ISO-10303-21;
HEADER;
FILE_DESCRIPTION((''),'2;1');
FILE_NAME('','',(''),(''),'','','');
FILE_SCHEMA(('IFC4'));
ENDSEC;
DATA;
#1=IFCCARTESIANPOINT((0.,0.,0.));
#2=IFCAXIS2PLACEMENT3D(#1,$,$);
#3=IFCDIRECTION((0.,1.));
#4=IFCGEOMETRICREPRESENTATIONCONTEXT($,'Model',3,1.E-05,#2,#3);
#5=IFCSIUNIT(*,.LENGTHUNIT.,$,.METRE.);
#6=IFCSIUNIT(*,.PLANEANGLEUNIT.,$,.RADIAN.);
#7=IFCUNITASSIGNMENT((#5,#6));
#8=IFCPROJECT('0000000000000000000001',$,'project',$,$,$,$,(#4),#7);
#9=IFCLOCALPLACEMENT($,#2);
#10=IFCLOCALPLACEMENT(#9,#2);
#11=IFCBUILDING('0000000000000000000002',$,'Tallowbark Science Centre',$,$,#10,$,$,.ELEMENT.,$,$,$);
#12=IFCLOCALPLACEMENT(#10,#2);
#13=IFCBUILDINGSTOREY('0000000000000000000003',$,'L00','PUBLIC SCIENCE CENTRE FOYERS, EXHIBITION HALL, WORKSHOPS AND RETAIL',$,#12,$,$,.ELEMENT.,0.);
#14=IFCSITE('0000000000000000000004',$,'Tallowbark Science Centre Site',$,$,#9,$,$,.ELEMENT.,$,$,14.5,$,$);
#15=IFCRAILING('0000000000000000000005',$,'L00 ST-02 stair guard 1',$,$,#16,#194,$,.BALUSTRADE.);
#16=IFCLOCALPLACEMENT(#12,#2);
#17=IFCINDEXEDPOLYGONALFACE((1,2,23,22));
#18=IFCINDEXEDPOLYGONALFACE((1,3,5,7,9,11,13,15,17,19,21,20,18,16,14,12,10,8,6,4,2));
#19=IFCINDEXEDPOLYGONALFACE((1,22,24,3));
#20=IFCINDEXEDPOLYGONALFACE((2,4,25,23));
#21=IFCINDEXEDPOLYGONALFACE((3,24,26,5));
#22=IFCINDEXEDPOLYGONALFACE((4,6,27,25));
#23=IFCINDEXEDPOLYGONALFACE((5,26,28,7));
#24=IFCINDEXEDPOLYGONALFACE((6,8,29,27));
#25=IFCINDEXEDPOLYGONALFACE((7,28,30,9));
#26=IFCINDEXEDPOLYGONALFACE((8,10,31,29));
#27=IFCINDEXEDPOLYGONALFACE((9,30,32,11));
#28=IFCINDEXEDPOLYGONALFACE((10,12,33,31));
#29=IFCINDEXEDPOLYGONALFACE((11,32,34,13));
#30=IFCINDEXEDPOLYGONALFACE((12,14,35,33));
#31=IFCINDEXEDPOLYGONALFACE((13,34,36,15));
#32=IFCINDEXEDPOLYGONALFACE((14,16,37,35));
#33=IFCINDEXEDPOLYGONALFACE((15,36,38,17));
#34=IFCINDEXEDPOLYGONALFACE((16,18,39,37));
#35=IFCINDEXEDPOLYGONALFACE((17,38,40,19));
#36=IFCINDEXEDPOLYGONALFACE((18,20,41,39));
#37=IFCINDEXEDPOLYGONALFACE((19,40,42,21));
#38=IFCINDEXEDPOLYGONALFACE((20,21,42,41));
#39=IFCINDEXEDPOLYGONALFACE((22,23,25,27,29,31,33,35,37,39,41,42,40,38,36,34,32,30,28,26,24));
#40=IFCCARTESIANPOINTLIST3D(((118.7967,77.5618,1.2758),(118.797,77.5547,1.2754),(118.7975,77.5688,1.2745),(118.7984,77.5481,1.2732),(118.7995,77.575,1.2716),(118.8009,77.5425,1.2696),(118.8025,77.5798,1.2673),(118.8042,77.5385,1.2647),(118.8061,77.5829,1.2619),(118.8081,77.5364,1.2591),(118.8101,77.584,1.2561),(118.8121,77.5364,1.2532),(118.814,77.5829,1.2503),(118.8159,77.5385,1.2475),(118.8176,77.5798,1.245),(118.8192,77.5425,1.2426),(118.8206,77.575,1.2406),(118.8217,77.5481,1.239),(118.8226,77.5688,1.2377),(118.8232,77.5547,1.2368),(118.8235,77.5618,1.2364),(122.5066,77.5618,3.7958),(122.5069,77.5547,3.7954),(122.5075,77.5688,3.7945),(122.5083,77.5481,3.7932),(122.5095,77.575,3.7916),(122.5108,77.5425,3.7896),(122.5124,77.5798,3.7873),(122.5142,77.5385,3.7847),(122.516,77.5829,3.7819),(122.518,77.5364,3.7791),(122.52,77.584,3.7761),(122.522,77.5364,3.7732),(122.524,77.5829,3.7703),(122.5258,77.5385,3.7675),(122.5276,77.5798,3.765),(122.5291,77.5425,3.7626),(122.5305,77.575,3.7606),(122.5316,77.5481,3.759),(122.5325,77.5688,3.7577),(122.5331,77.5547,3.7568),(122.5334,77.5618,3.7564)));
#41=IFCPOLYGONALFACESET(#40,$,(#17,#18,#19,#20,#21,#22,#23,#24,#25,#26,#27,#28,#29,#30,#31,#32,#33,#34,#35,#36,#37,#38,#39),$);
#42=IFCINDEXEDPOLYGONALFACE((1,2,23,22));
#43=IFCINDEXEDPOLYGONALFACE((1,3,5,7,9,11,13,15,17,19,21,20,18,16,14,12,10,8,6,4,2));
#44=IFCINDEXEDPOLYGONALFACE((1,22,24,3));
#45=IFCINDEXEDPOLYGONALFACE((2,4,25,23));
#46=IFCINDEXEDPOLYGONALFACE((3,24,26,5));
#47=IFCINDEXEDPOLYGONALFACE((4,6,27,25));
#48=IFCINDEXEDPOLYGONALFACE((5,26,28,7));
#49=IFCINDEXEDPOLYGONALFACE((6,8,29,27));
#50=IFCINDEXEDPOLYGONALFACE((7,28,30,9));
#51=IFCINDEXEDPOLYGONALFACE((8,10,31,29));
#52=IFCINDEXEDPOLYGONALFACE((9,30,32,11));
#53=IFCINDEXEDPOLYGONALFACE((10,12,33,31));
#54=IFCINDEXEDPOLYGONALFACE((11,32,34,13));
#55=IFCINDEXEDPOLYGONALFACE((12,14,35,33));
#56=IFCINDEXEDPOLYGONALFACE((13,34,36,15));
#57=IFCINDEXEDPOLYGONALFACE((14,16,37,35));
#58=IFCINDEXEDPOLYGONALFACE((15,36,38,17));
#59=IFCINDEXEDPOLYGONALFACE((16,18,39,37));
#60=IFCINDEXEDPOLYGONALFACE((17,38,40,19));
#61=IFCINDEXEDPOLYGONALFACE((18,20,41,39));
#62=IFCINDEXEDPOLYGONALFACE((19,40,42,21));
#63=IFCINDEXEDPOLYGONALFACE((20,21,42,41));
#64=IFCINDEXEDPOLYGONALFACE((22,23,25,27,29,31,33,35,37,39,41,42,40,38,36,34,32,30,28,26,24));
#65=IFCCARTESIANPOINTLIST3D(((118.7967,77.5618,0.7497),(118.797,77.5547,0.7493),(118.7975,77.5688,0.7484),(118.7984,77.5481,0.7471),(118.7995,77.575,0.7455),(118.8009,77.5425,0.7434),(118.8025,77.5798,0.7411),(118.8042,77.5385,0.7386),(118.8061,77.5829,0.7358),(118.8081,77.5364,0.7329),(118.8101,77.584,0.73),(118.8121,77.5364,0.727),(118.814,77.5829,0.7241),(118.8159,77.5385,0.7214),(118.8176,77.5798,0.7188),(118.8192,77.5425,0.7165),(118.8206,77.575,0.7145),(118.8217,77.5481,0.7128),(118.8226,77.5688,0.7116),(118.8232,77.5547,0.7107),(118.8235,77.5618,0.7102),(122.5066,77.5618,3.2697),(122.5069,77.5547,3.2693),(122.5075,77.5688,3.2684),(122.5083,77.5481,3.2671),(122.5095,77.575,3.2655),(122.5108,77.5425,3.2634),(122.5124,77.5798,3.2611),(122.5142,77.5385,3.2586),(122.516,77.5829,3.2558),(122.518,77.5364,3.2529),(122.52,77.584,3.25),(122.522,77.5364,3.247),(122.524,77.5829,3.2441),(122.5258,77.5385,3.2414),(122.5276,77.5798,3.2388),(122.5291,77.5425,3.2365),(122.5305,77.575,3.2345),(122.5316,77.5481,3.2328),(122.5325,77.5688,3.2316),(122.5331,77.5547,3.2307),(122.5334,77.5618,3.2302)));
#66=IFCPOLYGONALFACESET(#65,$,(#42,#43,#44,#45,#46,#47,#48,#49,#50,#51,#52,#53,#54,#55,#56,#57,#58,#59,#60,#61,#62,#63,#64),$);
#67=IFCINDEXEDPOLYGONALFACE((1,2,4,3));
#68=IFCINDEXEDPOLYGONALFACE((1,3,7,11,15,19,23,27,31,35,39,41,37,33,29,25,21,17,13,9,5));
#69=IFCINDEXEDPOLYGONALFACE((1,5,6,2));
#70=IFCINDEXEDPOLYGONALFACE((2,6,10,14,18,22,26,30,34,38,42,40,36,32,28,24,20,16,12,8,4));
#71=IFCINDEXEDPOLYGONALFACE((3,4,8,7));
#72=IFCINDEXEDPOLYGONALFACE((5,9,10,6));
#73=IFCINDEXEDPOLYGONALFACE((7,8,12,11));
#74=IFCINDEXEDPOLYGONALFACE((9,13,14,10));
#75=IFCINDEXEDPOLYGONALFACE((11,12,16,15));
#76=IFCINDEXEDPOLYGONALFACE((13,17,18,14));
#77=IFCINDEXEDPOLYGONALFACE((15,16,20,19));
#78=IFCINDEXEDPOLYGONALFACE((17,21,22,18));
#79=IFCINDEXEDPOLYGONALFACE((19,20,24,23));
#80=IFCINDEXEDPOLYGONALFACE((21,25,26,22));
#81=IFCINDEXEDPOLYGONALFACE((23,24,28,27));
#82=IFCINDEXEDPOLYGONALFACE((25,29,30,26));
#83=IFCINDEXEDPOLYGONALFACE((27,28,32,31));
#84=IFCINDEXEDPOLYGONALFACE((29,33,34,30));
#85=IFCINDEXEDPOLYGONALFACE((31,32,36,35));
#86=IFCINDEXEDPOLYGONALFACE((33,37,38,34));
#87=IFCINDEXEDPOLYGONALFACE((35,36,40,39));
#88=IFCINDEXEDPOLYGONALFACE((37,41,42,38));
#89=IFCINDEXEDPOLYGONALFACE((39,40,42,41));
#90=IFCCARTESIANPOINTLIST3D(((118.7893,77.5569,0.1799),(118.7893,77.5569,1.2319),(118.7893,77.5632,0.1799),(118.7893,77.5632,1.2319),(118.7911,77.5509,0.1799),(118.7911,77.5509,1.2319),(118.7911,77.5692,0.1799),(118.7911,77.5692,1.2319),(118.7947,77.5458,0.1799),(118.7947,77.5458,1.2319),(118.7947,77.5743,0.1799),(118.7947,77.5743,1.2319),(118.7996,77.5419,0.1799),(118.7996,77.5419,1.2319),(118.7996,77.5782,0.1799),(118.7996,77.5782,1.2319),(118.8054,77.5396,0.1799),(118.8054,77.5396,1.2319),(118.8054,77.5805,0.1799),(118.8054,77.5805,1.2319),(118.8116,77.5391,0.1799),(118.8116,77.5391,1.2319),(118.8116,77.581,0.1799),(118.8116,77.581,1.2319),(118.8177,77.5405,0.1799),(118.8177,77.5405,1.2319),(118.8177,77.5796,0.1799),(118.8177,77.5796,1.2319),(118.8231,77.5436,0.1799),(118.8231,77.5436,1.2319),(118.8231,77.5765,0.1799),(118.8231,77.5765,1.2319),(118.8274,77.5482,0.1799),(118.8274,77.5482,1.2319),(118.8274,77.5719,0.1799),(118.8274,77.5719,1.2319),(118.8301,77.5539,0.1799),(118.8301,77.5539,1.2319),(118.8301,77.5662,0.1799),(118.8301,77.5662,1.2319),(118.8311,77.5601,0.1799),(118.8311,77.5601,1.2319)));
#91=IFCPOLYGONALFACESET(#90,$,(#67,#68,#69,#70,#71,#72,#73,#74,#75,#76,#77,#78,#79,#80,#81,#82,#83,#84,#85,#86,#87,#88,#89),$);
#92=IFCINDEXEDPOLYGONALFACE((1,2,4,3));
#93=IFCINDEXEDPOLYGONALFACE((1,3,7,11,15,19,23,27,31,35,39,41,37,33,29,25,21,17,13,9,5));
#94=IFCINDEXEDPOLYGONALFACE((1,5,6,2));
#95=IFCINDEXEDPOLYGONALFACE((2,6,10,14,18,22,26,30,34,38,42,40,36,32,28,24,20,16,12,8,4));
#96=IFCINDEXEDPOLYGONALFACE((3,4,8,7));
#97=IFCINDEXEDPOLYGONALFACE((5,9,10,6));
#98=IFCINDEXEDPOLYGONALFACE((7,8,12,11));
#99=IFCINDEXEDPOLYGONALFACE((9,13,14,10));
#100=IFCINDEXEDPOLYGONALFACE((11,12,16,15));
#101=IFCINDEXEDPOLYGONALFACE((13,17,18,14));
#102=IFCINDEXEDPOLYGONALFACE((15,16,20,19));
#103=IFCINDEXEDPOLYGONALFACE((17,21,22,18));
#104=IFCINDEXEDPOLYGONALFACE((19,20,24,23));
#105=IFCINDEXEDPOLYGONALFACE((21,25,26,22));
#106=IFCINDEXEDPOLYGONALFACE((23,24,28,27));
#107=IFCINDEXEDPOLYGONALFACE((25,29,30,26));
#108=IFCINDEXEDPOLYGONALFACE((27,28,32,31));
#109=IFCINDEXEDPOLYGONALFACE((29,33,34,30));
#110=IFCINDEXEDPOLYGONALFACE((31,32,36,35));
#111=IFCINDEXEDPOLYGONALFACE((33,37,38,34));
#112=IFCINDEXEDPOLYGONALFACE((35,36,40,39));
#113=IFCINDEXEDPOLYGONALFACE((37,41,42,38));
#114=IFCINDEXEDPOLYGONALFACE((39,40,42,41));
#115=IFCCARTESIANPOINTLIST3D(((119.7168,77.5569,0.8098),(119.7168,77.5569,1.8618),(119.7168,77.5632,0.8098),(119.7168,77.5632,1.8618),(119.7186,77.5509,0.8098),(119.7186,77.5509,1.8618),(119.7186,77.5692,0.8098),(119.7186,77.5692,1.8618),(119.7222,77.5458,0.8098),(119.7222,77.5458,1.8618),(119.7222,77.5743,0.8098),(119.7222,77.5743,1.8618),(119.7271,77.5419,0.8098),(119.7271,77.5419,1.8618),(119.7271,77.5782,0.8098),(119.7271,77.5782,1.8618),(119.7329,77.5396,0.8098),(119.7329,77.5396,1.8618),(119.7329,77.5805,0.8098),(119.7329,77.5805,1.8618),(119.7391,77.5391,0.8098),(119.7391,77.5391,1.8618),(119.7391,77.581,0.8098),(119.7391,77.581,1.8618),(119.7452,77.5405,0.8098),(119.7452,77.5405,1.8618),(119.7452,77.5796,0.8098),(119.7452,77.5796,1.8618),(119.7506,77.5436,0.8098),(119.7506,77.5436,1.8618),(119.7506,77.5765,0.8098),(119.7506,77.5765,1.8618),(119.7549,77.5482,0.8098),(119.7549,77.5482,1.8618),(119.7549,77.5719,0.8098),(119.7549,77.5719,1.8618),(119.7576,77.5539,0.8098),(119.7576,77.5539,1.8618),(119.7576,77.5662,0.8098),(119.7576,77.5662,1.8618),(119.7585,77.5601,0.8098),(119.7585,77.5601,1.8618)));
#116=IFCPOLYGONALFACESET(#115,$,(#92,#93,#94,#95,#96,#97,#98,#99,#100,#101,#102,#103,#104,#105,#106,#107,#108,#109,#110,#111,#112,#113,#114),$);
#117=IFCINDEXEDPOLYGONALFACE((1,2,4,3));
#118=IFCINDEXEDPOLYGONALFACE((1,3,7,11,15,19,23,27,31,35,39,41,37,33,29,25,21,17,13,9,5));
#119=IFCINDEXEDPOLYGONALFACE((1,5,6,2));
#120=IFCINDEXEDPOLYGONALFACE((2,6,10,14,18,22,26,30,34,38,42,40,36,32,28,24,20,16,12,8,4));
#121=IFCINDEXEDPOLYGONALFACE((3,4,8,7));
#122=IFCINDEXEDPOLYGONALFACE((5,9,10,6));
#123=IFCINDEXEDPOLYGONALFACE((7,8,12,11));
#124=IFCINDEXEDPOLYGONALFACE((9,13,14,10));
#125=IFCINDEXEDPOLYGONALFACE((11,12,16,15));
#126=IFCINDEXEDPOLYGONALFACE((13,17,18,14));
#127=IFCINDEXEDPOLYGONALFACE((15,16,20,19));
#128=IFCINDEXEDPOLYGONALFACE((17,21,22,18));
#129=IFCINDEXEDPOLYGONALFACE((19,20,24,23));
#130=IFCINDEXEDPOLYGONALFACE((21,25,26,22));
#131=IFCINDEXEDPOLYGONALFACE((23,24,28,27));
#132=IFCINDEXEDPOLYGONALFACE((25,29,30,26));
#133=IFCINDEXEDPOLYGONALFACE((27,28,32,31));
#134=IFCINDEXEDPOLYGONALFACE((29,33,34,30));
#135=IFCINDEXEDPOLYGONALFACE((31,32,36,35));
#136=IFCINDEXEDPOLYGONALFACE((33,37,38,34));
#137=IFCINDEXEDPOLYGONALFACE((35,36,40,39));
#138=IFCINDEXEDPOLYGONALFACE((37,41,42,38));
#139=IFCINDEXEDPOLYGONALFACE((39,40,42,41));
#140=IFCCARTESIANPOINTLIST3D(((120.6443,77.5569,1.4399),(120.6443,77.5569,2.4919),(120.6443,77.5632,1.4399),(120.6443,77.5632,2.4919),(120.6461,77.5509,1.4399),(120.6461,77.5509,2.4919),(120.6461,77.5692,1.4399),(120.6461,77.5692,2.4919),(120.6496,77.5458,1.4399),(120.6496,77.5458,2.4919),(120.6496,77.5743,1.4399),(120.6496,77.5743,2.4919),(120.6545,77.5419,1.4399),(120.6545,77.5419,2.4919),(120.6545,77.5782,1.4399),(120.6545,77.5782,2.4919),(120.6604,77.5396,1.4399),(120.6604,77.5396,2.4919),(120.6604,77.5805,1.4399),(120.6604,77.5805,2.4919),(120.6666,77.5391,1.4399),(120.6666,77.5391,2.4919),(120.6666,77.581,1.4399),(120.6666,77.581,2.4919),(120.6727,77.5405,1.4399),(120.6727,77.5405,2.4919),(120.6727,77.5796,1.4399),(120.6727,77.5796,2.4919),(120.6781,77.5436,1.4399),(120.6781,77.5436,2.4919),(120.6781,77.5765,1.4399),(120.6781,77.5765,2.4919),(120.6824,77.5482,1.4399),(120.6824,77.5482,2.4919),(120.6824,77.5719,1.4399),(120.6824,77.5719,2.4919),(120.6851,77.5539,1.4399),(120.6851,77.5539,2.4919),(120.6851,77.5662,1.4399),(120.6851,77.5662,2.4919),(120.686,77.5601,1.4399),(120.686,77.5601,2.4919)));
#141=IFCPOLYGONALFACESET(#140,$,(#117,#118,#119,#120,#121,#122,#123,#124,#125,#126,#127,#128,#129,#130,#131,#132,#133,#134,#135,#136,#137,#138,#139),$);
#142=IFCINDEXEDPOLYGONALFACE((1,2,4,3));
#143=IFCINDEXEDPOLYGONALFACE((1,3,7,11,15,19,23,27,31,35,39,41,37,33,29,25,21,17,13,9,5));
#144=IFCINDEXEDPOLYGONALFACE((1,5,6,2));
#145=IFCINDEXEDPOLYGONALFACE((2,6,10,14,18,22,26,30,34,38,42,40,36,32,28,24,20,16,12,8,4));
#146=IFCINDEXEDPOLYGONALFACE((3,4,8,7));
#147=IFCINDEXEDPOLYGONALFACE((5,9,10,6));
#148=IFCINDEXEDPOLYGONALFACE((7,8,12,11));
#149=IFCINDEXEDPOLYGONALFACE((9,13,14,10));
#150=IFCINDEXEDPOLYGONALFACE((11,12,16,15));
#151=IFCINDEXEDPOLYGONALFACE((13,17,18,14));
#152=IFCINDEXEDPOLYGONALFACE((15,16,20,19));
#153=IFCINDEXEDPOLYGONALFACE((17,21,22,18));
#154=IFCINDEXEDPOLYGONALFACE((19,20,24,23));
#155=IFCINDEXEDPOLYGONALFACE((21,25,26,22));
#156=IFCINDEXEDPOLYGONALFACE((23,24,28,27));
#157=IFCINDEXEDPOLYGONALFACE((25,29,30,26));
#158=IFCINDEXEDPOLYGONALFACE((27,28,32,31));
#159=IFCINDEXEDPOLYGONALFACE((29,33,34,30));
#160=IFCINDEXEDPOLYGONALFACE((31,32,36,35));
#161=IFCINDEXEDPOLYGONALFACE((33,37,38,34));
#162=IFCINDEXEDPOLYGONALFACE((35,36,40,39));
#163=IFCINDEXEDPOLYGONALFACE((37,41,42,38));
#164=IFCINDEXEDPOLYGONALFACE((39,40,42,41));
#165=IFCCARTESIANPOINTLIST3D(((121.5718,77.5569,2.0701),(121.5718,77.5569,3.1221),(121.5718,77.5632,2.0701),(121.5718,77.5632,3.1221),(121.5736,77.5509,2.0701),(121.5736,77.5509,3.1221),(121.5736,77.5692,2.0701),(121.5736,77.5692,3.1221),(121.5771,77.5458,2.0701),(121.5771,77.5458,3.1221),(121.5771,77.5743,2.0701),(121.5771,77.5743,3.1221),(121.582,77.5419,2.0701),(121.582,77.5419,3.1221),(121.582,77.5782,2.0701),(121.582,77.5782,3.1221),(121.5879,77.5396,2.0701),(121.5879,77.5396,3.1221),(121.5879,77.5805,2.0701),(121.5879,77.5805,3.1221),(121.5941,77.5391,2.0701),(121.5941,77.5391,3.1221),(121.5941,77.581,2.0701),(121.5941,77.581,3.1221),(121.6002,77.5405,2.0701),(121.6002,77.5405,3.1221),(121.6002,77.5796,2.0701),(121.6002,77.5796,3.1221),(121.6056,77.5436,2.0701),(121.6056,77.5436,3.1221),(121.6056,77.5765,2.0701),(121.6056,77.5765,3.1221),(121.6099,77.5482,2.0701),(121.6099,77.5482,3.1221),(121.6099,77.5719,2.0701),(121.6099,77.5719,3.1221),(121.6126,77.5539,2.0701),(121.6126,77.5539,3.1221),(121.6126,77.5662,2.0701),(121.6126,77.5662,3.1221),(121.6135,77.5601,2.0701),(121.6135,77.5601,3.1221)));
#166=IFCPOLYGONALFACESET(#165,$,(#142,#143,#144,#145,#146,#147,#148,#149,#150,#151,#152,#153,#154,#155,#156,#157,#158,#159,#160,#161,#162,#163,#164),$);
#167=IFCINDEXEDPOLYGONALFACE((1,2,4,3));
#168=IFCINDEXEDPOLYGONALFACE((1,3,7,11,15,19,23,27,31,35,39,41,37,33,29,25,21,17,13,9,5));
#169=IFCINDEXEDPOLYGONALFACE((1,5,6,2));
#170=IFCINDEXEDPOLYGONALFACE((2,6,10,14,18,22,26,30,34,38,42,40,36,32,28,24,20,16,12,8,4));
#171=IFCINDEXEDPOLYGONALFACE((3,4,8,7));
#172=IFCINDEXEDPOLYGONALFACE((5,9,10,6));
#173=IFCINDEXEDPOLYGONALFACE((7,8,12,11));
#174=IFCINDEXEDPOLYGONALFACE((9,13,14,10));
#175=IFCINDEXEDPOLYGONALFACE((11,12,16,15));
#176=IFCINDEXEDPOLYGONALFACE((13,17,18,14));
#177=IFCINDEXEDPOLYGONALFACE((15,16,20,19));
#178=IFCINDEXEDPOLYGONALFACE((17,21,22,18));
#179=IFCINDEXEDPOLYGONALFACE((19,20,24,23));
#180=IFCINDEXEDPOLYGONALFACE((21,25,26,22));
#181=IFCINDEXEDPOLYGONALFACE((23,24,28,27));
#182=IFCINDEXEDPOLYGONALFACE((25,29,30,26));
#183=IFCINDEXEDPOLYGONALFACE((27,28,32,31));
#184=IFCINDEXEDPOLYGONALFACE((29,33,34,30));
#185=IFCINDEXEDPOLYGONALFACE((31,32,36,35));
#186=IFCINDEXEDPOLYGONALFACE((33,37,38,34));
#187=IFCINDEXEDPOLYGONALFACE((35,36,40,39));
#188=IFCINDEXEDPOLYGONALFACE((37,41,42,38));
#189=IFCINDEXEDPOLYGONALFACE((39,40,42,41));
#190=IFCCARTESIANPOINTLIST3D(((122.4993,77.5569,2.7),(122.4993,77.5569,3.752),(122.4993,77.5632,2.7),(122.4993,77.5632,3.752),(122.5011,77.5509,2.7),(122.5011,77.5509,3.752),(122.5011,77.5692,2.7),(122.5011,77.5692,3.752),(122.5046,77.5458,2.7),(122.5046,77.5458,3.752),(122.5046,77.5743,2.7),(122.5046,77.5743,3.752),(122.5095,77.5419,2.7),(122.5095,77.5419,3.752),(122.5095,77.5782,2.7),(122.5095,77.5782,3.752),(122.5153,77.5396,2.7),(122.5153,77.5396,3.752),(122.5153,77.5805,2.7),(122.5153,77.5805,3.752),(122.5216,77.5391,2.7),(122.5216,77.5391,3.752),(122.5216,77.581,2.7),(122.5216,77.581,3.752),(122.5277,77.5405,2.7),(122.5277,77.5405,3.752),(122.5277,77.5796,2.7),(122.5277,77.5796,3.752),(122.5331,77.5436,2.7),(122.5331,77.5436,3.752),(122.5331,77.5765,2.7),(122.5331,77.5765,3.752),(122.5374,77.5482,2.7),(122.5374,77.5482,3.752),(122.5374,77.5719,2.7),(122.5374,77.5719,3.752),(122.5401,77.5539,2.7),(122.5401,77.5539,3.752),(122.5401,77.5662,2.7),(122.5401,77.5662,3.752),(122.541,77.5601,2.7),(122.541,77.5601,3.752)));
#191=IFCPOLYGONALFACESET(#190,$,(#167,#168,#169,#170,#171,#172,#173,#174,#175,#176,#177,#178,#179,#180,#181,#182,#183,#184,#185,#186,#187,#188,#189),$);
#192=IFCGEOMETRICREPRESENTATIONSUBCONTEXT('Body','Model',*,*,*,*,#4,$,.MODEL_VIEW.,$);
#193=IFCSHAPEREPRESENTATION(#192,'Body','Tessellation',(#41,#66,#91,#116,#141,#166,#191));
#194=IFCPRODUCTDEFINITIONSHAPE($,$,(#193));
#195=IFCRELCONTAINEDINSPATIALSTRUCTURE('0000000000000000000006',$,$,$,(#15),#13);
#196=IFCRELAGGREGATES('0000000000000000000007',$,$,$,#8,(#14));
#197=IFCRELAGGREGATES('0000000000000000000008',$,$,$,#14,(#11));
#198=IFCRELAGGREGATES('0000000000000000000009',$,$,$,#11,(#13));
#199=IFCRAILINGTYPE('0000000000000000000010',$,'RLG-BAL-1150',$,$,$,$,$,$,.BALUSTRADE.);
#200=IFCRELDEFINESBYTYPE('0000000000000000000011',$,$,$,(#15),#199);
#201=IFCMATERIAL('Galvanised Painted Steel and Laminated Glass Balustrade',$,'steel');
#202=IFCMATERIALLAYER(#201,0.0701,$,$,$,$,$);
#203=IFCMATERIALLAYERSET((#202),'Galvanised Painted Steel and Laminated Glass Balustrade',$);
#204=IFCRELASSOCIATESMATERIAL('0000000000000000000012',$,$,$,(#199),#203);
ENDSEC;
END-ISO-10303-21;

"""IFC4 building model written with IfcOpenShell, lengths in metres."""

from ifc_helpers import new_model, si_unit, direction, frame, origin, origin_2d, place, context, subcontext, project, spatial, circle, extrude, material, layer, layer_set, type_object, element, save


model = new_model("IFC4")

# Units and contexts
model_context = context("Model", 3, precision=1e-05, world=origin(), true_north=direction((0.0, 1.0)))
body_context = subcontext(model_context, "Body", "Model", "MODEL_VIEW")
ifc_project = project(units=[si_unit("LENGTHUNIT", "METRE"), si_unit("PLANEANGLEUNIT", "RADIAN")], contexts=[model_context])

# Site, building, storey
site_placement = place(None, origin())
site = spatial("IfcSite", under=ifc_project, at=site_placement, Name="Tallowbark Science Centre Site", CompositionType="ELEMENT", RefElevation=14.5)
building_placement = place(site_placement, origin())
building = spatial("IfcBuilding", under=site, at=building_placement, Name="Tallowbark Science Centre", CompositionType="ELEMENT")
storey_placement = place(building_placement, origin())
storey = spatial("IfcBuildingStorey", under=building, at=storey_placement, Name="L00", Description="PUBLIC SCIENCE CENTRE FOYERS, EXHIBITION HALL, WORKSHOPS AND RETAIL", CompositionType="ELEMENT", Elevation=0.0)

# Railing
ifc_material_1 = material(Name="Galvanised Painted Steel and Laminated Glass Balustrade", Category="steel")
ifc_layer_1 = layer(ifc_material_1, 0.0701)
ifc_layer_set_1 = layer_set([ifc_layer_1], Name="Galvanised Painted Steel and Laminated Glass Balustrade")
railing_type_1 = type_object("IfcRailingType", Name="RLG-BAL-1150", PredefinedType="BALUSTRADE", material=ifc_layer_set_1)
railing_1_placement = place(storey_placement, frame((118.8101, 77.5601, 0.1799)))
element("IfcRailing", 1, at=railing_1_placement, inside=storey, type_object=railing_type_1, Name="L00 ST-02 stair guard 1", PredefinedType="BALUSTRADE", context=body_context, shape_type="SweptSolid", body=[
    extrude(circle(Radius=0.0239, at=origin_2d()), frame((0.0, 0.0, 1.0762), z_axis=(0.827212, 0.0, 0.56189), x_axis=(0.0, 1.0, 0.0)), (0.0, 0.0, 1.0), 4.4849),
    extrude(circle(Radius=0.0239, at=origin_2d()), frame((0.0, 0.0, 0.55), z_axis=(0.827212, 0.0, 0.56189), x_axis=(0.0, 1.0, 0.0)), (0.0, 0.0, 1.0), 4.4849),
    extrude(circle(Radius=0.021, at=origin_2d()), origin(), (0.0, 0.0, 1.0), 1.052),
    extrude(circle(Radius=0.021, at=origin_2d()), frame((0.9275, 0.0, 0.6299)), (0.0, 0.0, 1.0), 1.052),
    extrude(circle(Radius=0.021, at=origin_2d()), frame((1.855, 0.0, 1.26)), (0.0, 0.0, 1.0), 1.052),
    extrude(circle(Radius=0.021, at=origin_2d()), frame((2.7825, 0.0, 1.8901)), (0.0, 0.0, 1.0), 1.052),
    extrude(circle(Radius=0.021, at=origin_2d()), frame((3.71, 0.0, 2.52)), (0.0, 0.0, 1.0), 1.052),
])

save(model, "model.ifc")
